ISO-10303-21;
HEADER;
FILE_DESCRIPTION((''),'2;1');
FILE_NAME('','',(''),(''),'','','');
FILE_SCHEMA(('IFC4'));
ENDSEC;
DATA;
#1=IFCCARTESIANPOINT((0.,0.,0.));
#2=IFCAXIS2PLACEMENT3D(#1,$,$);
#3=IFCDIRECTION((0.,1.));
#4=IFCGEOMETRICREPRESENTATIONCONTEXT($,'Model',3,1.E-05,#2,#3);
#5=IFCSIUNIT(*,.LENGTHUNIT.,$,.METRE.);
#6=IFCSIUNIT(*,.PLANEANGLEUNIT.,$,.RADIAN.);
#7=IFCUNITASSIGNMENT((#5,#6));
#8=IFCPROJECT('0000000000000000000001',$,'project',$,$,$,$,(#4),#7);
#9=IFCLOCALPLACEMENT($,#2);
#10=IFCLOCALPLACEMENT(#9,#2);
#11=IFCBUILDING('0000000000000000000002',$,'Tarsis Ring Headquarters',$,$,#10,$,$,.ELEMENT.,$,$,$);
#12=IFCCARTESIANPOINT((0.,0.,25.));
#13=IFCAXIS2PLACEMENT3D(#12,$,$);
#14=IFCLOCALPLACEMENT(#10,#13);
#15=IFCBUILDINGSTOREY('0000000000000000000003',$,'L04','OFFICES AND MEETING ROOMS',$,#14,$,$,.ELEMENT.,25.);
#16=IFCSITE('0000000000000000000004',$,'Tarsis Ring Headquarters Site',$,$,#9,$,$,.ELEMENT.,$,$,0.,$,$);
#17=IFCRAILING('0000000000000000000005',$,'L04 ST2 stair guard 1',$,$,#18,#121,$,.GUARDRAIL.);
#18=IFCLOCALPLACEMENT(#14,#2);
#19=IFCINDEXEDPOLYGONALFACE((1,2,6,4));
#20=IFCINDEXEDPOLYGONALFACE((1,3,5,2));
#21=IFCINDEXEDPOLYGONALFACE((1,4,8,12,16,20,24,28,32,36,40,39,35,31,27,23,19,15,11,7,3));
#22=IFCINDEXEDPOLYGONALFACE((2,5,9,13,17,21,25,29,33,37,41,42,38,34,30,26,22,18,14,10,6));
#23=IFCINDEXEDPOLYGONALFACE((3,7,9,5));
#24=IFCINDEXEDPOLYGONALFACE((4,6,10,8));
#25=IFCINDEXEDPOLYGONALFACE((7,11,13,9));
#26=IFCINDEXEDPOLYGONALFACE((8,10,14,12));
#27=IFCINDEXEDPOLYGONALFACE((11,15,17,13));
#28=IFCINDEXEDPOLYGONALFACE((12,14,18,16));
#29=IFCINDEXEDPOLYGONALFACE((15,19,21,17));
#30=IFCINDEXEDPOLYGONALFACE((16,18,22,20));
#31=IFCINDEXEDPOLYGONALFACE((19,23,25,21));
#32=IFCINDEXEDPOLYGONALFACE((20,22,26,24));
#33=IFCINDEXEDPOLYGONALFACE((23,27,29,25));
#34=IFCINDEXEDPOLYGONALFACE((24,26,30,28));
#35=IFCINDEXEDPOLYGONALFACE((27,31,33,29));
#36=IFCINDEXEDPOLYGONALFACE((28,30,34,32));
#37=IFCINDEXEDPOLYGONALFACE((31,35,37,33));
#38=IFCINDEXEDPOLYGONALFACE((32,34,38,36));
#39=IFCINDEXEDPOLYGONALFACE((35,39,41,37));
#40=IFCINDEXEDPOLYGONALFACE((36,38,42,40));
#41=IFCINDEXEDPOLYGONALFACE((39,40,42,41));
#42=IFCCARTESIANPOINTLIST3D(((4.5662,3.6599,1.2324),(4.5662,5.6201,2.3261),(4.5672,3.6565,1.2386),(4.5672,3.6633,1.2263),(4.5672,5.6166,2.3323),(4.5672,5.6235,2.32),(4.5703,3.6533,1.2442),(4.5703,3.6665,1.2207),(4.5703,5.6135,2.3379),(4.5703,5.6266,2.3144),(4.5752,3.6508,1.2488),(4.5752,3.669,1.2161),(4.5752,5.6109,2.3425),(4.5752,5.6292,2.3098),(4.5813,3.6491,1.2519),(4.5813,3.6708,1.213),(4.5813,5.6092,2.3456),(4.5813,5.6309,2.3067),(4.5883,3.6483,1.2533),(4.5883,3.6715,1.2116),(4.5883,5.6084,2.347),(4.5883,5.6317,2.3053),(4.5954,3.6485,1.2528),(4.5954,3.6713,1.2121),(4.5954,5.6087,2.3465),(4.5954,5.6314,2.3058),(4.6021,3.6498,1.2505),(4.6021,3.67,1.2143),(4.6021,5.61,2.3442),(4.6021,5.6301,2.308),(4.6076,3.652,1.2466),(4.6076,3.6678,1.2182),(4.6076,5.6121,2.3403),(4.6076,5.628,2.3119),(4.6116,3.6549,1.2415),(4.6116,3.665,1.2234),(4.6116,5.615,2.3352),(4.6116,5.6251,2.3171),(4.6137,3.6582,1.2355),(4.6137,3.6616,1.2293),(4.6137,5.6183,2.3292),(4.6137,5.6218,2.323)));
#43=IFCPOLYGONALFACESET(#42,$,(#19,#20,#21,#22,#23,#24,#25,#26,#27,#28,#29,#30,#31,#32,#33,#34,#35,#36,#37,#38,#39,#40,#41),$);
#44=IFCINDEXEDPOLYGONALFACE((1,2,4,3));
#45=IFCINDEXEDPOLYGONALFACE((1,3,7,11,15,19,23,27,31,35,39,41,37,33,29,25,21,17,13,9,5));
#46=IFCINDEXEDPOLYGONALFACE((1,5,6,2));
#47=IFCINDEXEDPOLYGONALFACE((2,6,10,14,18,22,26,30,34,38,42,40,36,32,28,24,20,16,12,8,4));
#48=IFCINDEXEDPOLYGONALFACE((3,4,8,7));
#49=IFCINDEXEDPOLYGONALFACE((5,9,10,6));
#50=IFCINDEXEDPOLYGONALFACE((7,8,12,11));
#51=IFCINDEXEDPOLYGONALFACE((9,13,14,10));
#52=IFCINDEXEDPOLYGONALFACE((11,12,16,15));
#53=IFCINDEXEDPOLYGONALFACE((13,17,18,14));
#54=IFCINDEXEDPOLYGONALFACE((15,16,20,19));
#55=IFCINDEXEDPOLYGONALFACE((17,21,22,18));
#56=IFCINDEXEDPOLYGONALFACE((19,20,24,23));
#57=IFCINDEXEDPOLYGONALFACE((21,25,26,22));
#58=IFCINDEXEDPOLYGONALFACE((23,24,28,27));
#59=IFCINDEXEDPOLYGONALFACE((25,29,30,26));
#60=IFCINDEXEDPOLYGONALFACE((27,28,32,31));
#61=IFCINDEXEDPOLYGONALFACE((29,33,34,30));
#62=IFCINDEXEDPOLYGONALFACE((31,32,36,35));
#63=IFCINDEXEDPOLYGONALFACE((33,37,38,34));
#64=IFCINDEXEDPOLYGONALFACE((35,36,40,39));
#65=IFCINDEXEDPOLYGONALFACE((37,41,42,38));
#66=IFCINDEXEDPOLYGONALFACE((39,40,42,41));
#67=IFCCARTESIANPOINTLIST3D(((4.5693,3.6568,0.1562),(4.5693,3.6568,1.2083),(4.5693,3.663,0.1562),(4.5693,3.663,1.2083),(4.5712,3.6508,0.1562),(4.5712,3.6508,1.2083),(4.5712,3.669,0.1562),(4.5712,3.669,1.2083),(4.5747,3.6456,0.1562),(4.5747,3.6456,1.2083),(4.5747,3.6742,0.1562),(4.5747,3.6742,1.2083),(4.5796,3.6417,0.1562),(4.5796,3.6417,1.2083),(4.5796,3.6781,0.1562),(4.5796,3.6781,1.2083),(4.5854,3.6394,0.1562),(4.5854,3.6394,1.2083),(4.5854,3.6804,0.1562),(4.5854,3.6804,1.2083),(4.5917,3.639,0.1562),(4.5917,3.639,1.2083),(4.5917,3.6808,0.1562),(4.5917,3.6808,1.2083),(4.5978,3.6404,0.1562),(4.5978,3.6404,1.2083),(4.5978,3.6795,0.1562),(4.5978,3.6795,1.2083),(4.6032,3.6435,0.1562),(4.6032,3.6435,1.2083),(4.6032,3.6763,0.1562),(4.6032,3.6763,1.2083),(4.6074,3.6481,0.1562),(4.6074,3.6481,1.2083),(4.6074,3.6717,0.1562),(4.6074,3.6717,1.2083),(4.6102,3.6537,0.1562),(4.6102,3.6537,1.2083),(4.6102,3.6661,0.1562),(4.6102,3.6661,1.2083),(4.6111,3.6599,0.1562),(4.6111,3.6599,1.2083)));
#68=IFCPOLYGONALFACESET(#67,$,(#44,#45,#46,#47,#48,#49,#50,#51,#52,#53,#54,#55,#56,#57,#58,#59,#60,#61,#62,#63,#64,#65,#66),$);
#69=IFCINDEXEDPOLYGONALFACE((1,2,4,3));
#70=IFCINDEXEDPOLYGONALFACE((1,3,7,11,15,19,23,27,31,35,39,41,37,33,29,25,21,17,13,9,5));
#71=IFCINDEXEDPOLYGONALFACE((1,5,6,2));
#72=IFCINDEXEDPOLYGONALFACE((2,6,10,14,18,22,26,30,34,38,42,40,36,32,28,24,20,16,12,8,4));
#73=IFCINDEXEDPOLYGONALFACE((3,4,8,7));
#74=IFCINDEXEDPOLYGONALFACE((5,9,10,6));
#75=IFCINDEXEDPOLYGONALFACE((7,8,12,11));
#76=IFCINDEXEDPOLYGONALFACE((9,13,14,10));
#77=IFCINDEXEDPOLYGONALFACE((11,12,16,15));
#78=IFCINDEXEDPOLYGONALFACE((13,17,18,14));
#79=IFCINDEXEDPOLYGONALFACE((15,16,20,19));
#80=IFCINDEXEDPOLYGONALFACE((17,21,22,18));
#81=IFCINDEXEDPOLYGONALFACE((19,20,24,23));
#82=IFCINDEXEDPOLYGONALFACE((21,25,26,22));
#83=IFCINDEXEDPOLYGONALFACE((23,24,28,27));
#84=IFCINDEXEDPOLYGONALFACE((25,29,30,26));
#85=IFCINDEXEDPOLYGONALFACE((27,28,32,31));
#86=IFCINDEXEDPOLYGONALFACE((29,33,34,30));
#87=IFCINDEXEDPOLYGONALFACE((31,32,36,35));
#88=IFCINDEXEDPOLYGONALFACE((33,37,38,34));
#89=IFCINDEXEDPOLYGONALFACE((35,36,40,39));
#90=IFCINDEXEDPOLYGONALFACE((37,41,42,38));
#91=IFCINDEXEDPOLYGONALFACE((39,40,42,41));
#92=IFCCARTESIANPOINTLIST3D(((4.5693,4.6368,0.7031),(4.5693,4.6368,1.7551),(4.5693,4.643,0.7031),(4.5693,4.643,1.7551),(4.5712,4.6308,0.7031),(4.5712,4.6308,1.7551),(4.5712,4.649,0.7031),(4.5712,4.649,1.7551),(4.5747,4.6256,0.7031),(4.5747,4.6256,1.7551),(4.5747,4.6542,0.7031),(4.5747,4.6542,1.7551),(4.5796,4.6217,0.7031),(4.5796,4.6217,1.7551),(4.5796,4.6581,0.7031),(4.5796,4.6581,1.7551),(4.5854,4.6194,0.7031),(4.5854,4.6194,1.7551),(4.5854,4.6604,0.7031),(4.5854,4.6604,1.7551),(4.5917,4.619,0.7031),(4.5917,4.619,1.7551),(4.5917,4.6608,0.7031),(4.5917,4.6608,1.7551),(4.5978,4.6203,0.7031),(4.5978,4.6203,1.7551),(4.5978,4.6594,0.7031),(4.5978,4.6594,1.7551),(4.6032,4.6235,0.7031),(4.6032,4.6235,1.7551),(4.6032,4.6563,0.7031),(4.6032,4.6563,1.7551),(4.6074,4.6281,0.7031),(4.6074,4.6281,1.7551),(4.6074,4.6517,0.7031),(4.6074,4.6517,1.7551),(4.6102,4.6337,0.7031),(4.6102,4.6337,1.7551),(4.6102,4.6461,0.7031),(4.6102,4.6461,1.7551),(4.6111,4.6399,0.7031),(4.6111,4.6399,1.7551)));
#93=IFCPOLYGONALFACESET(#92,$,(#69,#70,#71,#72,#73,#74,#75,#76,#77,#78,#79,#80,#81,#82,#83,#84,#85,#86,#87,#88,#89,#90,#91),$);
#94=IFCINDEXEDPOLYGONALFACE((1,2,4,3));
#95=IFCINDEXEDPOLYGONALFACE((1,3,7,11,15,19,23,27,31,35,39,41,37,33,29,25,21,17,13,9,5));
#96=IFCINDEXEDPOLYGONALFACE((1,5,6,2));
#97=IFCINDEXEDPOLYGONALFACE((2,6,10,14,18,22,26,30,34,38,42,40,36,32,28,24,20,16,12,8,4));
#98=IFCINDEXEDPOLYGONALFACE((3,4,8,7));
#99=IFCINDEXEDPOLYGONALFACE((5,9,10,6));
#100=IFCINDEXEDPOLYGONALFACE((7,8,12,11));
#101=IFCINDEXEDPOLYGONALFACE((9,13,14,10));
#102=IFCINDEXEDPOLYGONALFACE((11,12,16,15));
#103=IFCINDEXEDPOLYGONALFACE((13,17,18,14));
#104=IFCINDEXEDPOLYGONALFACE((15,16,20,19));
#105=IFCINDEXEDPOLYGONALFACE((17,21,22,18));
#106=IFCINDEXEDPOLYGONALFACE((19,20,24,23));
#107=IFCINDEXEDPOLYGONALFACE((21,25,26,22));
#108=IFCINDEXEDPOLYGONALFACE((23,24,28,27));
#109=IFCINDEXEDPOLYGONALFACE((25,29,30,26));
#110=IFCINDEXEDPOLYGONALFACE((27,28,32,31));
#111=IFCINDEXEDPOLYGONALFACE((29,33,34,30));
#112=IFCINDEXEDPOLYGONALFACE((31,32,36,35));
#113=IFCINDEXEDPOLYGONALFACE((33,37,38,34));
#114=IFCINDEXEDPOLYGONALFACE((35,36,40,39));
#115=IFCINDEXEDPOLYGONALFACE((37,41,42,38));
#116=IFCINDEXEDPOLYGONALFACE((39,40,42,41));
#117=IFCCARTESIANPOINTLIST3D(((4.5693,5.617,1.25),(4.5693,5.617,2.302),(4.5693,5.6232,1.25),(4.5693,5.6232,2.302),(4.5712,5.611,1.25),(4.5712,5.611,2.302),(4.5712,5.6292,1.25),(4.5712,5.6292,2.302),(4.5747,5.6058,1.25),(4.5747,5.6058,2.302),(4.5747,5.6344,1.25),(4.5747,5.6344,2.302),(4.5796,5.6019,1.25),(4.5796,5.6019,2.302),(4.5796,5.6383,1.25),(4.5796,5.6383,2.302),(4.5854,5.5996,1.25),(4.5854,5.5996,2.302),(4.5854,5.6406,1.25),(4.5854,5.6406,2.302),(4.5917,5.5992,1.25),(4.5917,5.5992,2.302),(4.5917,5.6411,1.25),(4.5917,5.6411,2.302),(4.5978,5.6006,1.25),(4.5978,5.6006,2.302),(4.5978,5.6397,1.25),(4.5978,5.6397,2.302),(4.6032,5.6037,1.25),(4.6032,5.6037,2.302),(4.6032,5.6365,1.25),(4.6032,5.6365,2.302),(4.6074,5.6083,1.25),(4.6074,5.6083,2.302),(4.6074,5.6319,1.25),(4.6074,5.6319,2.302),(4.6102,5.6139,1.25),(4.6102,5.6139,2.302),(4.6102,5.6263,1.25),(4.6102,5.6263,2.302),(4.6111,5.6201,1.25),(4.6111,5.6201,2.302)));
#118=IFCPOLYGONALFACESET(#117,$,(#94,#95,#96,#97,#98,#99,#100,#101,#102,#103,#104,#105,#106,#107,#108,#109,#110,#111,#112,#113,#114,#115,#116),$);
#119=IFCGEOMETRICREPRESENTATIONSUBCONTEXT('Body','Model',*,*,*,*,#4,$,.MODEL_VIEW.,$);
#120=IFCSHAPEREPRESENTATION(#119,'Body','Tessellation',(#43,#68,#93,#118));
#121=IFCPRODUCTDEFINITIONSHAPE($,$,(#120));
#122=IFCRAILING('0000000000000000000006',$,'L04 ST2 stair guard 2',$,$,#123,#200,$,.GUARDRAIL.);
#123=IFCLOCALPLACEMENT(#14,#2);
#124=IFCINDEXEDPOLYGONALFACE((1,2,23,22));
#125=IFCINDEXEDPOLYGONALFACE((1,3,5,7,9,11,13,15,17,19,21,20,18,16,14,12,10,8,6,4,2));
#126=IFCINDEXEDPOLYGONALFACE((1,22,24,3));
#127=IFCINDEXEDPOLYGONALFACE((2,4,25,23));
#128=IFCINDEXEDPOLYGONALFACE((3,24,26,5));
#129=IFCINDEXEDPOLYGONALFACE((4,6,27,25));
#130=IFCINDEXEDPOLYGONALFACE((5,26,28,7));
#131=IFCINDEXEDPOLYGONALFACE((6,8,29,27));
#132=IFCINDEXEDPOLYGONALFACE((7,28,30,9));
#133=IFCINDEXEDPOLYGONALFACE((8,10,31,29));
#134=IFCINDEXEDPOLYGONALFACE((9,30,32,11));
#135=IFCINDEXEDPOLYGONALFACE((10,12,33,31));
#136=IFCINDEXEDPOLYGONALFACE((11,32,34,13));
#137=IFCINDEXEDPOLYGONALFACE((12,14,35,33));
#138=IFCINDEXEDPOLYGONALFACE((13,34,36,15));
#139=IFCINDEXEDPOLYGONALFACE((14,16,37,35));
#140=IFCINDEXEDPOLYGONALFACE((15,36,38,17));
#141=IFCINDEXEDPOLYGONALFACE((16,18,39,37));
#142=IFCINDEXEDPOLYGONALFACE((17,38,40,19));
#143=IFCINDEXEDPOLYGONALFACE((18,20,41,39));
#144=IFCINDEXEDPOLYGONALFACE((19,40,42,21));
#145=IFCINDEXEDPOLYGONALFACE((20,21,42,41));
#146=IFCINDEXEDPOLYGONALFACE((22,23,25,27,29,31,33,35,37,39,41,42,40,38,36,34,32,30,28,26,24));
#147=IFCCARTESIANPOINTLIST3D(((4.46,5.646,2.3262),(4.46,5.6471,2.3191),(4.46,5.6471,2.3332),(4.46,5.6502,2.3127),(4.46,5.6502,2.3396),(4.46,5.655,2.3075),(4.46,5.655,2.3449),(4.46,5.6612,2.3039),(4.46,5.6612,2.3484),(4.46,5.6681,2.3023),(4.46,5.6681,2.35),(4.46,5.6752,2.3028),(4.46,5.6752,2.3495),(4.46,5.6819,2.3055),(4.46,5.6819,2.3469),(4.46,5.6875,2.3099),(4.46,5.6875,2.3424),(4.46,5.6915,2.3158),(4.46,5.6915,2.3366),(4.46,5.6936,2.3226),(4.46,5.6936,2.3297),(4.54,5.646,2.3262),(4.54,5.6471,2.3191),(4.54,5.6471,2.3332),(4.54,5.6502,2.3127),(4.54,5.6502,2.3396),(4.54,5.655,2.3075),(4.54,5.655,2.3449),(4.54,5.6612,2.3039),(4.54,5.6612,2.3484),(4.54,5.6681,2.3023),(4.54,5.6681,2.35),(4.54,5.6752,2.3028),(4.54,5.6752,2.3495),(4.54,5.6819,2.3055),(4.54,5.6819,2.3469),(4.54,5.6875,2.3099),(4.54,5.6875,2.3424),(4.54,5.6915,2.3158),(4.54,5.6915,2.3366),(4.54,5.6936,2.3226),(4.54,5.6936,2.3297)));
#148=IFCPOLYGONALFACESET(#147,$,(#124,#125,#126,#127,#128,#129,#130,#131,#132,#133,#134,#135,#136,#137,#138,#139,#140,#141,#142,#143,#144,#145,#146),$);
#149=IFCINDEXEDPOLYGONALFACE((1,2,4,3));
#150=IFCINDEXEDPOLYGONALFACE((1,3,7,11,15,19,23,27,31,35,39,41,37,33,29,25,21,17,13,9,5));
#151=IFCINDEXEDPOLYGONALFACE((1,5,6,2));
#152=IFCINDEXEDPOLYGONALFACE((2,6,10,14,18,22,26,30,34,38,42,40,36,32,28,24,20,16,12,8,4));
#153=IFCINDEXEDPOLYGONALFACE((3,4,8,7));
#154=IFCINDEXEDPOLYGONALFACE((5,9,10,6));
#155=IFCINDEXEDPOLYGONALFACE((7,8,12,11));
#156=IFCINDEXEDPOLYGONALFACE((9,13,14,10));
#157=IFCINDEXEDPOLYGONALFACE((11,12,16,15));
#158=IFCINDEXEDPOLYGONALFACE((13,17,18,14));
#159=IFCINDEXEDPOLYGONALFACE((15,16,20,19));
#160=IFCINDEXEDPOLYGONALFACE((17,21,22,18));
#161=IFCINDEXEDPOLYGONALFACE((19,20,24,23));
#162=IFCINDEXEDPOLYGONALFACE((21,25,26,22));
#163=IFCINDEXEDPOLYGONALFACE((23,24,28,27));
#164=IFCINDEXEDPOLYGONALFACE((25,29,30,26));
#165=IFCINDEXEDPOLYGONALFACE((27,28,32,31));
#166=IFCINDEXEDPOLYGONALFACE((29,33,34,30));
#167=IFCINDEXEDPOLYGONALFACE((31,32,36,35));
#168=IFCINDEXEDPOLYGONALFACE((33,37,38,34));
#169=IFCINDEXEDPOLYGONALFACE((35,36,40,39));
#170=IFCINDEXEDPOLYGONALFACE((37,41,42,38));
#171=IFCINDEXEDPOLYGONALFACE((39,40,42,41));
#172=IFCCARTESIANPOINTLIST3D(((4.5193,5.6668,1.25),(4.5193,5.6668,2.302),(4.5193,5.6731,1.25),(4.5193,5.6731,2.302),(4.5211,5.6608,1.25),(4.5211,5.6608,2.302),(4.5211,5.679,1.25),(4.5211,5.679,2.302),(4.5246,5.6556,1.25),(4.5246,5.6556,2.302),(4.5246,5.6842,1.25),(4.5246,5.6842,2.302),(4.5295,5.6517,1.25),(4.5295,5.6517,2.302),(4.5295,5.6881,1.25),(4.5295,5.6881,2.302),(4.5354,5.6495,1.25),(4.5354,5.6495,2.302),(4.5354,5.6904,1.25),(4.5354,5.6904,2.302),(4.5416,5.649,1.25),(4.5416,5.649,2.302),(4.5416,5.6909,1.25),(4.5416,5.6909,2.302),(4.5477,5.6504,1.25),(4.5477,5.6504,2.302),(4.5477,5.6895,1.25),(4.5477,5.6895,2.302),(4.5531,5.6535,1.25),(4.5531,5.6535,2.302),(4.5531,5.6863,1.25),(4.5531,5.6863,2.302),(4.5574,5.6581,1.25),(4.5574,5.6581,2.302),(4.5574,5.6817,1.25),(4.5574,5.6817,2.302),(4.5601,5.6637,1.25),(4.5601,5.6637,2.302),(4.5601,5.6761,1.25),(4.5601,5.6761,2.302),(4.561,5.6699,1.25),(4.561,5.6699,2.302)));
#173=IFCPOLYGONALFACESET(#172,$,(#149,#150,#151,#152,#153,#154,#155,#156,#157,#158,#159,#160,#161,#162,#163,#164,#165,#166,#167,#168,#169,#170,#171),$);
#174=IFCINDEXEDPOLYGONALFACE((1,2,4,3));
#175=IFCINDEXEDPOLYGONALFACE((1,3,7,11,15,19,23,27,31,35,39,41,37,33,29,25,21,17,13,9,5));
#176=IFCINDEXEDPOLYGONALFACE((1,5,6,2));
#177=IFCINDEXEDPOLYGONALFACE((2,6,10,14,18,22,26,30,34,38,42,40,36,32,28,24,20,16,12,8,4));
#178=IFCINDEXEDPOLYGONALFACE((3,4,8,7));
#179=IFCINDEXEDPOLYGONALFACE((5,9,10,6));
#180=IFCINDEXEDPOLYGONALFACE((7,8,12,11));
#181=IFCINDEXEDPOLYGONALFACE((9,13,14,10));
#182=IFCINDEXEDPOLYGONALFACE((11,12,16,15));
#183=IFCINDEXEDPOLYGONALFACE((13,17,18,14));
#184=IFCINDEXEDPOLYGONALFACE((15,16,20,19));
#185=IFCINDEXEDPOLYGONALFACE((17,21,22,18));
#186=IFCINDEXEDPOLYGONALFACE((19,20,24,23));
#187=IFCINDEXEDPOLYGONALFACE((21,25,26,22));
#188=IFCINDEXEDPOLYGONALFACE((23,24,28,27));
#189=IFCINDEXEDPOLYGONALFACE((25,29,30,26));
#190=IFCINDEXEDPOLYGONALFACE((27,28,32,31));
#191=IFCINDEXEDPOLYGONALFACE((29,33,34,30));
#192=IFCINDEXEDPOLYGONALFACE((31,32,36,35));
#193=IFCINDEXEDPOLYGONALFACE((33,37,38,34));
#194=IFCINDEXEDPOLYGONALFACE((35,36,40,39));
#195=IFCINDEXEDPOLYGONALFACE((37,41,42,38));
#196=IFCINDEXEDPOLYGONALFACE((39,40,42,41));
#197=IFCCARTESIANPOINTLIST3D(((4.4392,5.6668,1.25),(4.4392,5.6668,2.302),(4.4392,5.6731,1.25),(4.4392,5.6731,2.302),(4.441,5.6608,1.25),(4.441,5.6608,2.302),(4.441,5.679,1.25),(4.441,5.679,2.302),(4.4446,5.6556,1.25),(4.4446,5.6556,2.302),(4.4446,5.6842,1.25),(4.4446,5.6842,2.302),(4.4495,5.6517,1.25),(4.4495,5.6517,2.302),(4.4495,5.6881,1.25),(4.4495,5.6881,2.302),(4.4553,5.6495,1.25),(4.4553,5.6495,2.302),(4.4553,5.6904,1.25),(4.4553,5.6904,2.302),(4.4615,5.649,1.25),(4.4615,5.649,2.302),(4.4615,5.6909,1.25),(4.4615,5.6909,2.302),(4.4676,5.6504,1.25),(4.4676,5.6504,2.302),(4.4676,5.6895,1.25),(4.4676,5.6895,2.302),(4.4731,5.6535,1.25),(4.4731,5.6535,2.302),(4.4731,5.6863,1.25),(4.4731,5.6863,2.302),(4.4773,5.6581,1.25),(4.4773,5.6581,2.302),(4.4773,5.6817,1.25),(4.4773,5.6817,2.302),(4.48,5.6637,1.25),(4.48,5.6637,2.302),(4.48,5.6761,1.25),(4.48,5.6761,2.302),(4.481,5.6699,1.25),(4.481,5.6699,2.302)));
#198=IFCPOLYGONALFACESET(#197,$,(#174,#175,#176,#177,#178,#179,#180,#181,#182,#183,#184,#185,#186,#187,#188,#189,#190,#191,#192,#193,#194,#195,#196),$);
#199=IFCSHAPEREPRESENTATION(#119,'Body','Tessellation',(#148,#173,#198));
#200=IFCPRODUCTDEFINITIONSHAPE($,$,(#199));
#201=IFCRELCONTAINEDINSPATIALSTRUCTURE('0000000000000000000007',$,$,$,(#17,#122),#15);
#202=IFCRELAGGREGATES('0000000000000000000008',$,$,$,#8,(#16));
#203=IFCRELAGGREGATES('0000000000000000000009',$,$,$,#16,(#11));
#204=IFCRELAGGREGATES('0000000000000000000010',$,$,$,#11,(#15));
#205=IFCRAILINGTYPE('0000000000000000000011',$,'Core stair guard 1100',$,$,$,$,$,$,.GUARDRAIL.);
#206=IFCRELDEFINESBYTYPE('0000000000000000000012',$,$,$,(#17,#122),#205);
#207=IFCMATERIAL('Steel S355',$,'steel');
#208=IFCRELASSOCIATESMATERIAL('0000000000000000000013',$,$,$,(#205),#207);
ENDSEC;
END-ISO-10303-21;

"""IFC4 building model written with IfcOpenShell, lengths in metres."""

from ifc_helpers import new_model, si_unit, direction, frame, origin, origin_2d, place, context, subcontext, project, spatial, circle, extrude, material, type_object, element, save


model = new_model("IFC4")

# Units and contexts
model_context = context("Model", 3, precision=1e-05, world=origin(), true_north=direction((0.0, 1.0)))
body_context = subcontext(model_context, "Body", "Model", "MODEL_VIEW")
ifc_project = project(units=[si_unit("LENGTHUNIT", "METRE"), si_unit("PLANEANGLEUNIT", "RADIAN")], contexts=[model_context])

# Site, building, storey
site_placement = place(None, origin())
site = spatial("IfcSite", under=ifc_project, at=site_placement, Name="Tarsis Ring Headquarters Site", CompositionType="ELEMENT", RefElevation=0.0)
building_placement = place(site_placement, origin())
building = spatial("IfcBuilding", under=site, at=building_placement, Name="Tarsis Ring Headquarters", CompositionType="ELEMENT")
storey_placement = place(building_placement, frame((0.0, 0.0, 25.0)))
storey = spatial("IfcBuildingStorey", under=building, at=storey_placement, Name="L04", Description="OFFICES AND MEETING ROOMS", CompositionType="ELEMENT", Elevation=25.0)

# Railings
ifc_material_1 = material(Name="Steel S355", Category="steel")
railing_type_1 = type_object("IfcRailingType", Name="Core stair guard 1100", PredefinedType="GUARDRAIL", material=ifc_material_1)
railing_1_placement = place(storey_placement, frame((4.5901, 3.6599, 0.1562)))
element("IfcRailing", 1, at=railing_1_placement, inside=storey, type_object=railing_type_1, Name="L04 ST2 stair guard 1", PredefinedType="GUARDRAIL", context=body_context, shape_type="SweptSolid", body=[
    extrude(circle(Radius=0.0239, at=origin_2d()), frame((0.0, 0.0, 1.0762), z_axis=(0.0, 0.873258, 0.487258), x_axis=(-1.0, 0.0, 0.0)), (0.0, 0.0, 1.0), 2.2446),
    extrude(circle(Radius=0.021, at=origin_2d()), origin(), (0.0, 0.0, 1.0), 1.052),
    extrude(circle(Radius=0.021, at=origin_2d()), frame((0.0, 0.98, 0.5469)), (0.0, 0.0, 1.0), 1.052),
    extrude(circle(Radius=0.021, at=origin_2d()), frame((0.0, 1.9602, 1.0938)), (0.0, 0.0, 1.0), 1.052),
])
railing_2_placement = place(storey_placement, frame((4.54, 5.6699, 1.25)))
element("IfcRailing", 2, at=railing_2_placement, inside=storey, type_object=railing_type_1, Name="L04 ST2 stair guard 2", PredefinedType="GUARDRAIL", context=body_context, shape_type="SweptSolid", body=[
    extrude(circle(Radius=0.0239, at=origin_2d()), frame((0.0, 0.0, 1.0762), z_axis=(-1.0, 0.0, 0.0), x_axis=(0.0, -1.0, 0.0)), (0.0, 0.0, 1.0), 0.0801),
    extrude(circle(Radius=0.021, at=origin_2d()), origin(), (0.0, 0.0, 1.0), 1.052),
    extrude(circle(Radius=0.021, at=origin_2d()), frame((-0.0801, 0.0, 0.0)), (0.0, 0.0, 1.0), 1.052),
])

save(model, "model.ifc")
